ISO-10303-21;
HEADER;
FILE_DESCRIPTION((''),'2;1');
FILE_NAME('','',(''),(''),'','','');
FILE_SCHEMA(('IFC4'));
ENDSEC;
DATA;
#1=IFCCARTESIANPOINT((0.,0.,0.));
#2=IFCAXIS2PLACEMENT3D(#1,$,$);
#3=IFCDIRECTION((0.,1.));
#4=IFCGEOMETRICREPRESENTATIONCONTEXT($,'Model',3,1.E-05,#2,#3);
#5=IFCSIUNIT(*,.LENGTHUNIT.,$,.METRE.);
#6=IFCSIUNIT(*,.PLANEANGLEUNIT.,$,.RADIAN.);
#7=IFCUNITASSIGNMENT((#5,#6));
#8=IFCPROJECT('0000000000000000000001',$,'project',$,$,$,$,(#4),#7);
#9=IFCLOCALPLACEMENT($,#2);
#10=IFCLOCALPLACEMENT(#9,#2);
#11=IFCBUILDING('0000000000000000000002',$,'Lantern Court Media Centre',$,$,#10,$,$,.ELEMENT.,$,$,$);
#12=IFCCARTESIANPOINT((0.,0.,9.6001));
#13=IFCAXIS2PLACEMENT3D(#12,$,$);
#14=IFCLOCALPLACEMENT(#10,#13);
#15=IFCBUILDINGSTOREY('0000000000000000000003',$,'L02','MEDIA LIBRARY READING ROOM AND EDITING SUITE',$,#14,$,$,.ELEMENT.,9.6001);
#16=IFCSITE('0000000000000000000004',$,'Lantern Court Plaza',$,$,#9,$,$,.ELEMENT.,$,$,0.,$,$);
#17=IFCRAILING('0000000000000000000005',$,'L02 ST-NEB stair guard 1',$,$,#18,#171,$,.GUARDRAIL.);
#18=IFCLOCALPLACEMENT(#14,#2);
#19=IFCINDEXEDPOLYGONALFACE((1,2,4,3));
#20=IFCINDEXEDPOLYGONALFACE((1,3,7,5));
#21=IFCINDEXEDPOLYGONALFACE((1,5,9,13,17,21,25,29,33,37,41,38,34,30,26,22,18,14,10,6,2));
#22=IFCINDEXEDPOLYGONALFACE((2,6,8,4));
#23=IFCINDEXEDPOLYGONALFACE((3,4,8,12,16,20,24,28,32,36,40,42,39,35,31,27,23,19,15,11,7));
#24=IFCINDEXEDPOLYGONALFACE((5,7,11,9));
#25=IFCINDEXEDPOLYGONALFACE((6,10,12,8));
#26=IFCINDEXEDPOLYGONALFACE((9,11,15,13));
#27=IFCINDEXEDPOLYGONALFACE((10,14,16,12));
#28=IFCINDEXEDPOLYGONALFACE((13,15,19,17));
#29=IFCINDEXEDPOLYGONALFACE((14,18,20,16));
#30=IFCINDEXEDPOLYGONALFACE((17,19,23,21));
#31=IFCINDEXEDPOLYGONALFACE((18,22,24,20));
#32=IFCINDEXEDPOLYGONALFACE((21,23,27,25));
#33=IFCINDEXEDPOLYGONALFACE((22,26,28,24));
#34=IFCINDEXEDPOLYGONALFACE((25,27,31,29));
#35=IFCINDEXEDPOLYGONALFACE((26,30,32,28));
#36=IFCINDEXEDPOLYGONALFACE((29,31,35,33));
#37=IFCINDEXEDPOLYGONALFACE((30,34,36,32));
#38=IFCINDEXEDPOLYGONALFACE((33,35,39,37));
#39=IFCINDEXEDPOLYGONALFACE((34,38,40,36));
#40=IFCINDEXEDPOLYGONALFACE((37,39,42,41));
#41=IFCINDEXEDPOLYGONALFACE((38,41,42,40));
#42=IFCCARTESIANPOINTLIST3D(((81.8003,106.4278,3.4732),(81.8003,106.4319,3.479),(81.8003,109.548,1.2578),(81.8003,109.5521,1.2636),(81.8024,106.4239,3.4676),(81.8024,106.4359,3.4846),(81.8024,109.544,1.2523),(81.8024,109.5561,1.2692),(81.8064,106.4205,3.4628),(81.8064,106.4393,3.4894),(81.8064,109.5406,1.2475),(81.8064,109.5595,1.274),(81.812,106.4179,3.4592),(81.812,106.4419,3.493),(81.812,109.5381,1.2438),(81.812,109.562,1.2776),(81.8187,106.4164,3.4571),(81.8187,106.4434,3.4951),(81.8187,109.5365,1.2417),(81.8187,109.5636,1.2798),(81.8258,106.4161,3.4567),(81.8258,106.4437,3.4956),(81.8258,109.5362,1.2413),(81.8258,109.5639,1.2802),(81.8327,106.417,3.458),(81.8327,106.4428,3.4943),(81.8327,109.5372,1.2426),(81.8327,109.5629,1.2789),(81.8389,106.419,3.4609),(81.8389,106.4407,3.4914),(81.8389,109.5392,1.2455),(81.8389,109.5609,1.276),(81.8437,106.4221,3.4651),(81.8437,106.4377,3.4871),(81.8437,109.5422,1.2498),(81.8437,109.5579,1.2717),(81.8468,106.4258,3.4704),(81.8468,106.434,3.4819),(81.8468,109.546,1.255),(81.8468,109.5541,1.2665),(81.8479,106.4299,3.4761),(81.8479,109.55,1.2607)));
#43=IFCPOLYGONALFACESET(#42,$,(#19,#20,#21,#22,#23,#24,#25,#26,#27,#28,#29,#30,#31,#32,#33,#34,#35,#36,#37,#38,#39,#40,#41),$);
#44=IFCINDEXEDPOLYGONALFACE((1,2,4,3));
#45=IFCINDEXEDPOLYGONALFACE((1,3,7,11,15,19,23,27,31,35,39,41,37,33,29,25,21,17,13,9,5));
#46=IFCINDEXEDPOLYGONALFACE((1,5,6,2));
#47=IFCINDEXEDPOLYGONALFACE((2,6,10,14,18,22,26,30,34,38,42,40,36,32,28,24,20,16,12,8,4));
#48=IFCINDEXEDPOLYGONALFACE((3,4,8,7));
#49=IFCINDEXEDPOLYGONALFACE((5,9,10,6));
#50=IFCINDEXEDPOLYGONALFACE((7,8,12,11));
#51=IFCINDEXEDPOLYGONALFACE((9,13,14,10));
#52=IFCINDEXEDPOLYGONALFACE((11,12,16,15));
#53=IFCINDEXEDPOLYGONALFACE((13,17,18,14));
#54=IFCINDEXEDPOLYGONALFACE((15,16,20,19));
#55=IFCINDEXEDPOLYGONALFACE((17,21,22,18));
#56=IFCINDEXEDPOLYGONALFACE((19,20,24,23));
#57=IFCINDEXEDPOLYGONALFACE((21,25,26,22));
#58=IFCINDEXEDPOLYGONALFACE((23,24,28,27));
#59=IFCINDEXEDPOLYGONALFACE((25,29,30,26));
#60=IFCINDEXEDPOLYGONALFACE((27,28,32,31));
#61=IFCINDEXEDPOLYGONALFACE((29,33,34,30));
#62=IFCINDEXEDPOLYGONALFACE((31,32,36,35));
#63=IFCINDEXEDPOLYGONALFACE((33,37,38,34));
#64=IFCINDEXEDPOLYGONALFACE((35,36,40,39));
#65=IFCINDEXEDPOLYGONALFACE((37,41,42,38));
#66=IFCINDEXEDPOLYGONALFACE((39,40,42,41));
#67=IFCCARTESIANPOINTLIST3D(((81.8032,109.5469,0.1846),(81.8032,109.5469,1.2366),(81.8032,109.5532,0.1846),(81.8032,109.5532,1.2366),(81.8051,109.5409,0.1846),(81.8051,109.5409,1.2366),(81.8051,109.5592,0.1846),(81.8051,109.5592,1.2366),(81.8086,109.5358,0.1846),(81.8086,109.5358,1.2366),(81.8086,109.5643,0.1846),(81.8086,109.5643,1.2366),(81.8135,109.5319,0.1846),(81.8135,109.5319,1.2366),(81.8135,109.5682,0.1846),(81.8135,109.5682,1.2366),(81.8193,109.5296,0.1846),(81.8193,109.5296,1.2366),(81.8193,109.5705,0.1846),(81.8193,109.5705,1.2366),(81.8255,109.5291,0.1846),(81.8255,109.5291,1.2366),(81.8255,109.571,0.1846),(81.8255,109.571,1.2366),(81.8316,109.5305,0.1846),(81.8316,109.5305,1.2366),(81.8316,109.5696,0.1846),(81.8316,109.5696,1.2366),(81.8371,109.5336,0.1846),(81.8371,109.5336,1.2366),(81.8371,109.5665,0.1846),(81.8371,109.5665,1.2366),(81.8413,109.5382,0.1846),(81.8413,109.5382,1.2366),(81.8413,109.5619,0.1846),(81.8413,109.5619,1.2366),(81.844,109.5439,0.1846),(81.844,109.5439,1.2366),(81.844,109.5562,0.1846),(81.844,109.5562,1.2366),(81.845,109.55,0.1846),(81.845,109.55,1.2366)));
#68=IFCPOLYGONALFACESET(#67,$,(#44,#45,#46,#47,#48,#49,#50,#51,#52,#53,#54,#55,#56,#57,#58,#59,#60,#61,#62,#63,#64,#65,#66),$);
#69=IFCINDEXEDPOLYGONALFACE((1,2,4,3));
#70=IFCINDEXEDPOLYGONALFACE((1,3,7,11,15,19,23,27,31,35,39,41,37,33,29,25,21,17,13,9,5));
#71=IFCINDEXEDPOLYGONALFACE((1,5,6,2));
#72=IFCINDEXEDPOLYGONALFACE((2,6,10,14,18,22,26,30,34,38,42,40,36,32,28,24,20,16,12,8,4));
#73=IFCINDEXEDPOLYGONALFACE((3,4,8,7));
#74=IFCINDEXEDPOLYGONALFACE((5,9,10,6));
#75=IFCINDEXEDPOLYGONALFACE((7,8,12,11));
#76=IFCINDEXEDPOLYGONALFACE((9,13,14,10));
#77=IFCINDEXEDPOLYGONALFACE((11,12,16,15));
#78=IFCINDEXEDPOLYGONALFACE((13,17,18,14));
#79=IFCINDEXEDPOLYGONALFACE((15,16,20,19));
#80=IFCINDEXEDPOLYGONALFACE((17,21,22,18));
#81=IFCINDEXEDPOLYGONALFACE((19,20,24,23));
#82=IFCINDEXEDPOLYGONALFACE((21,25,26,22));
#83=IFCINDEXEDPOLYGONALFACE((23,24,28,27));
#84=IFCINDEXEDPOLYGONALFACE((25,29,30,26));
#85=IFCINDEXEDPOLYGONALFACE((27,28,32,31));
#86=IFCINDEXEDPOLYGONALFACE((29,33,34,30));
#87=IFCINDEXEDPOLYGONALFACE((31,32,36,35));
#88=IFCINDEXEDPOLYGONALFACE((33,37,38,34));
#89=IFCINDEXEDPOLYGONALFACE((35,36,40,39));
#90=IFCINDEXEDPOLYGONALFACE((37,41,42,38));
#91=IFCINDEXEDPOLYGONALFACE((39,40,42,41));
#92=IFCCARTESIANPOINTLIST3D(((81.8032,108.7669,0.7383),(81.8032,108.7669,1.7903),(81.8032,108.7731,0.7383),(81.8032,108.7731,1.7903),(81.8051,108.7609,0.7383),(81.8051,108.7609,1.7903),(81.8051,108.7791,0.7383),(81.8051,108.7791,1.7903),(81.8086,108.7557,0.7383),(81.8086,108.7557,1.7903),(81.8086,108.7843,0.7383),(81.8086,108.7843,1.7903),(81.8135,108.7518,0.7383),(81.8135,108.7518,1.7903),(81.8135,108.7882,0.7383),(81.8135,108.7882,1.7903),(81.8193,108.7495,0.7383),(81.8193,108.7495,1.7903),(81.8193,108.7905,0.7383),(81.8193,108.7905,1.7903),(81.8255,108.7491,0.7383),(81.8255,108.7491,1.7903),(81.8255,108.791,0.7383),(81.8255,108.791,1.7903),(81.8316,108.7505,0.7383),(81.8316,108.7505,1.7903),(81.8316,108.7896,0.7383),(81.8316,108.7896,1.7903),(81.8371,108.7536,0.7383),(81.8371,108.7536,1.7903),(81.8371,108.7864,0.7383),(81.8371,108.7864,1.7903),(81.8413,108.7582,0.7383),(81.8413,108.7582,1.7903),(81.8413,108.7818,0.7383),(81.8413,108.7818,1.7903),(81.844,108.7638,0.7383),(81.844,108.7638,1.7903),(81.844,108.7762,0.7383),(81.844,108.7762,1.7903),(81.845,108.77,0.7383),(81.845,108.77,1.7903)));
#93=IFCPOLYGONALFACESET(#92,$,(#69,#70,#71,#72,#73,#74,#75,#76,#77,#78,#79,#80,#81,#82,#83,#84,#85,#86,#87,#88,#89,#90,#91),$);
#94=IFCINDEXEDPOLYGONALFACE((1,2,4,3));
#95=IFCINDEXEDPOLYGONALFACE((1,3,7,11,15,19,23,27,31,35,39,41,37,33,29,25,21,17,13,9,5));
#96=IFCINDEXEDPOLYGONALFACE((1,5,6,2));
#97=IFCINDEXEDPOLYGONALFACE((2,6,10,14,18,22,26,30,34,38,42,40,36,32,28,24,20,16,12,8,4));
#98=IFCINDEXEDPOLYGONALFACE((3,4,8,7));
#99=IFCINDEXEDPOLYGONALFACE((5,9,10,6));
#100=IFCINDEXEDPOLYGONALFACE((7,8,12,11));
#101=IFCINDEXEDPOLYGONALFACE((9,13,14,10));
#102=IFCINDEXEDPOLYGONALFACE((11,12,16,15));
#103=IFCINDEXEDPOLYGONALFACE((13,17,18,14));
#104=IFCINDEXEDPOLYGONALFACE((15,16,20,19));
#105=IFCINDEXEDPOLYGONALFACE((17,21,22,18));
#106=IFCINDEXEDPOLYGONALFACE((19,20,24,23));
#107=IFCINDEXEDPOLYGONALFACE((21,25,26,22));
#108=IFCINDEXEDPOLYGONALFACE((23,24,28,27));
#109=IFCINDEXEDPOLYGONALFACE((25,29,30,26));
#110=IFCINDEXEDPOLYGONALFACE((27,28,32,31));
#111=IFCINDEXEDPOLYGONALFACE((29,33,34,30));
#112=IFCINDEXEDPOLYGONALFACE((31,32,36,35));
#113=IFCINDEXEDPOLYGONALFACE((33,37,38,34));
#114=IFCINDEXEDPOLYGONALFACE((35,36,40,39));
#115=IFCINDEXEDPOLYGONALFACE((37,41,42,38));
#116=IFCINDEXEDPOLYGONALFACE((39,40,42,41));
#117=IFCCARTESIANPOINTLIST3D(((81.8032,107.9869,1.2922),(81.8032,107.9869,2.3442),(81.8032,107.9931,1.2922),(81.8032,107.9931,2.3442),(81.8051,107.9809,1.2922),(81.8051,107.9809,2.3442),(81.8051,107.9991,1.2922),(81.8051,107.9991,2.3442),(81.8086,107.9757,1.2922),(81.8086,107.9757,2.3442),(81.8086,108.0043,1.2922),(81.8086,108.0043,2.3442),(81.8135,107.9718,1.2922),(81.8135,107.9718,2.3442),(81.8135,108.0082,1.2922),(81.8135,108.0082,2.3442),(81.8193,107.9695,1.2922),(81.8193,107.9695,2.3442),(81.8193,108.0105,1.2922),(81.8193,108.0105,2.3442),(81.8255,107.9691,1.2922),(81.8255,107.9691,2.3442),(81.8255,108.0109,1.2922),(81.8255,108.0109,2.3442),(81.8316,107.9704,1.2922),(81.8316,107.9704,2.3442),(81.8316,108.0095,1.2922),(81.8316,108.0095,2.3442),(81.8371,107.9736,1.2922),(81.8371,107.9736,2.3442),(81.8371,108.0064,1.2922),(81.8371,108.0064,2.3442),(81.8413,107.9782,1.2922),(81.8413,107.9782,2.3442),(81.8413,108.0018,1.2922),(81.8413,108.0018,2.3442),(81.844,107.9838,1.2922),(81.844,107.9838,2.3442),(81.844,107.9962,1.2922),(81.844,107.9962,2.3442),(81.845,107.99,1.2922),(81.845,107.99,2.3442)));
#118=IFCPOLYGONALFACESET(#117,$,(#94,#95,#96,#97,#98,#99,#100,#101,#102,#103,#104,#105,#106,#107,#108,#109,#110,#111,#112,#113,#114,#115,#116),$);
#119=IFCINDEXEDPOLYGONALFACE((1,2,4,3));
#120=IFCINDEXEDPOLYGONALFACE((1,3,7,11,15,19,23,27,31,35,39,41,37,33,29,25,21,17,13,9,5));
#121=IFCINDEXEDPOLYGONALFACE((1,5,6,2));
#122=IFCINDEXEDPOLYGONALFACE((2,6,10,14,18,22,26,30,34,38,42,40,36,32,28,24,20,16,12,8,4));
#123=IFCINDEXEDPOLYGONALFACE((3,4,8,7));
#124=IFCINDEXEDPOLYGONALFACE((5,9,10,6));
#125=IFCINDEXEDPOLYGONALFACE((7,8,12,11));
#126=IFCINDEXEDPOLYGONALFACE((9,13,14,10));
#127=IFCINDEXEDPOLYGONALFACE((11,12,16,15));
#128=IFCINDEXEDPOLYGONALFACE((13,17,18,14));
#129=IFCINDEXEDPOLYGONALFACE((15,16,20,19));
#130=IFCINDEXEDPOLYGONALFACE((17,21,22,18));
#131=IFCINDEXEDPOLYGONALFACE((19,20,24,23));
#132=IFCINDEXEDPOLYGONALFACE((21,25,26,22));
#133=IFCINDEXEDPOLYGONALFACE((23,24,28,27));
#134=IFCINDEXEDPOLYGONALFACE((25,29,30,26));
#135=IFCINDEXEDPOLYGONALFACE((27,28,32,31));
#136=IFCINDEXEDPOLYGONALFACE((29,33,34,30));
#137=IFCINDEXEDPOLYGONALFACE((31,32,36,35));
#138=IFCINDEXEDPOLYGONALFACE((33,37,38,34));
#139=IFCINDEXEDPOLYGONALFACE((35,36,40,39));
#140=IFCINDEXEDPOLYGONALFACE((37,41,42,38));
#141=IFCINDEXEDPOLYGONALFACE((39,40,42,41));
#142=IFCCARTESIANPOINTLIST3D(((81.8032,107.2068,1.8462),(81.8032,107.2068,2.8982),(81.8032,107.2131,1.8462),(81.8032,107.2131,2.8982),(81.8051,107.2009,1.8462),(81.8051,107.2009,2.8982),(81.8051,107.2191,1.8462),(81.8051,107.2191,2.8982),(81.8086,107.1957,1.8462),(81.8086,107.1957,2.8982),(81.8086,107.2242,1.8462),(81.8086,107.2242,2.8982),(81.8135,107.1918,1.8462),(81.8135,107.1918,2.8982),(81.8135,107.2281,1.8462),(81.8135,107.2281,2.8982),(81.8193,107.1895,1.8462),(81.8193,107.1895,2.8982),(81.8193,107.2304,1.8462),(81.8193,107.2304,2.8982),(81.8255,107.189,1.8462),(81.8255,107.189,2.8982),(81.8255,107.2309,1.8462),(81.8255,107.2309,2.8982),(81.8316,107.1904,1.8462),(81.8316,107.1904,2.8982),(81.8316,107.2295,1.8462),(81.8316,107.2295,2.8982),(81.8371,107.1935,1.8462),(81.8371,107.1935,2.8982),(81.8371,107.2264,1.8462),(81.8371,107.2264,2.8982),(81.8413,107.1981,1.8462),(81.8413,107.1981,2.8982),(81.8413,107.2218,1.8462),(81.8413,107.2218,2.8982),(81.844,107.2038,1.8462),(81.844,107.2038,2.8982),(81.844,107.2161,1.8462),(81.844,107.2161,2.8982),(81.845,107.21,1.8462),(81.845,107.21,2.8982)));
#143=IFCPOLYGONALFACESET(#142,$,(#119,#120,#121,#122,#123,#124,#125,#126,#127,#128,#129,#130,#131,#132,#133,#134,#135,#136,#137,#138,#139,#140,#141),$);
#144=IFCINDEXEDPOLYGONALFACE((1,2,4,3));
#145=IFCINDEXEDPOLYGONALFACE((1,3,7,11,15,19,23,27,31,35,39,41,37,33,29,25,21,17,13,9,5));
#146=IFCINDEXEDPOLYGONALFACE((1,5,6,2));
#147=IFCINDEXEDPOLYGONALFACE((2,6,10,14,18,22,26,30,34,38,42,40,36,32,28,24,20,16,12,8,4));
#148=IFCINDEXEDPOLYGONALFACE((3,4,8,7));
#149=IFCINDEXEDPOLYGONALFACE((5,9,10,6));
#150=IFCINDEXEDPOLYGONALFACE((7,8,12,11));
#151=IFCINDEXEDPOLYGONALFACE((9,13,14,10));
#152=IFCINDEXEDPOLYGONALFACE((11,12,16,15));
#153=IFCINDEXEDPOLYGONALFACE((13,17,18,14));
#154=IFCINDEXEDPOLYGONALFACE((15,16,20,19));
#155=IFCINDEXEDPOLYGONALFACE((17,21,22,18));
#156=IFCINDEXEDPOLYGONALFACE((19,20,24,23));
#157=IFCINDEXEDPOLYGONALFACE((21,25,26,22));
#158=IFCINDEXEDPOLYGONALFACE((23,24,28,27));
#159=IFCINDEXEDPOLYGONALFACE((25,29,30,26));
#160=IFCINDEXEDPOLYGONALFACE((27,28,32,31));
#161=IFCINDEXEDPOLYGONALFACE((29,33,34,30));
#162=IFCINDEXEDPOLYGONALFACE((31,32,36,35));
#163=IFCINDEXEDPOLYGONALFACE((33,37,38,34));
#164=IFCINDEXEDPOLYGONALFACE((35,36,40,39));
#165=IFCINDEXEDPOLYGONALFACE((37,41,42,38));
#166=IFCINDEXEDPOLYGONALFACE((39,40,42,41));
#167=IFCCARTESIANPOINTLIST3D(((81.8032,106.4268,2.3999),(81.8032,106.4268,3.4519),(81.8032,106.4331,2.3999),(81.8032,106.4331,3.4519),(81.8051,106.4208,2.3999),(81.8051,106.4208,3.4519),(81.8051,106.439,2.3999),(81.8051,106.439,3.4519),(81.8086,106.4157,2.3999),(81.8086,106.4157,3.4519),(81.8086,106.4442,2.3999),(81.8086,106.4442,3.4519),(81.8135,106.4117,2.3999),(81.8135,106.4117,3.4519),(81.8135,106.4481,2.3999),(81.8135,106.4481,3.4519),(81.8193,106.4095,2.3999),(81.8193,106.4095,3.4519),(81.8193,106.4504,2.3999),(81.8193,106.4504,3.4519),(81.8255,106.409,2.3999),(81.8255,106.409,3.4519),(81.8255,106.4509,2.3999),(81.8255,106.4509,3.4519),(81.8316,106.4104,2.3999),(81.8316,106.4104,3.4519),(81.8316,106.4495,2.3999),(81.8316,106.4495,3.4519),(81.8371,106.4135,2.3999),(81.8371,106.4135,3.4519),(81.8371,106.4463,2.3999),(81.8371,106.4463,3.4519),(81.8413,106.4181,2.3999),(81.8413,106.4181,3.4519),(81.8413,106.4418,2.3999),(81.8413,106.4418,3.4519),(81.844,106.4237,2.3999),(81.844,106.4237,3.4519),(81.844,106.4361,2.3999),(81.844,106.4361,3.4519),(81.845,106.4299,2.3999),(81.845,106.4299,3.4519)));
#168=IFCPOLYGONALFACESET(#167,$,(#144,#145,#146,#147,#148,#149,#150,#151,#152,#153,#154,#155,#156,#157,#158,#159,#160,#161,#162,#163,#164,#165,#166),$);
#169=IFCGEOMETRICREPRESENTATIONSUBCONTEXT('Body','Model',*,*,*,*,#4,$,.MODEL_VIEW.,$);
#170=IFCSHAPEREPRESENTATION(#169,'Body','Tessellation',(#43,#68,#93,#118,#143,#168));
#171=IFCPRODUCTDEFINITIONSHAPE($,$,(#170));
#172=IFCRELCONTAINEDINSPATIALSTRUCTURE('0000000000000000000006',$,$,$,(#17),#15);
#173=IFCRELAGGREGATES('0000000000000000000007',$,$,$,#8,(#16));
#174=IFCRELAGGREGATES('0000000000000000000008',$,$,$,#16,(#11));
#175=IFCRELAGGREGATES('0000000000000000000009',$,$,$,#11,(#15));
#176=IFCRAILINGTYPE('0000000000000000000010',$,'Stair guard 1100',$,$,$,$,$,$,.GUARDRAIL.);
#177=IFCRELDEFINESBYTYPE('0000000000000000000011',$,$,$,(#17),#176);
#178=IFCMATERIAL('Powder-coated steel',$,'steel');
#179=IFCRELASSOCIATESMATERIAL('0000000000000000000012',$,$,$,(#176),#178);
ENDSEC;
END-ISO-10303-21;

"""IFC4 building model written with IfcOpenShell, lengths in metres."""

from ifc_helpers import new_model, si_unit, direction, frame, origin, origin_2d, place, context, subcontext, project, spatial, circle, extrude, material, type_object, element, save


model = new_model("IFC4")

# Units and contexts
model_context = context("Model", 3, precision=1e-05, world=origin(), true_north=direction((0.0, 1.0)))
body_context = subcontext(model_context, "Body", "Model", "MODEL_VIEW")
ifc_project = project(units=[si_unit("LENGTHUNIT", "METRE"), si_unit("PLANEANGLEUNIT", "RADIAN")], contexts=[model_context])

# Site, building, storey
site_placement = place(None, origin())
site = spatial("IfcSite", under=ifc_project, at=site_placement, Name="Lantern Court Plaza", CompositionType="ELEMENT", RefElevation=0.0)
building_placement = place(site_placement, origin())
building = spatial("IfcBuilding", under=site, at=building_placement, Name="Lantern Court Media Centre", CompositionType="ELEMENT")
storey_placement = place(building_placement, frame((0.0, 0.0, 9.6001)))
storey = spatial("IfcBuildingStorey", under=building, at=storey_placement, Name="L02", Description="MEDIA LIBRARY READING ROOM AND EDITING SUITE", CompositionType="ELEMENT", Elevation=9.6001)

# Shared definitions
ifc_material_1 = material(Name="Powder-coated steel", Category="steel")

# Railing
railing_type_1 = type_object("IfcRailingType", Name="Stair guard 1100", PredefinedType="GUARDRAIL", material=ifc_material_1)
railing_1_placement = place(storey_placement, frame((81.824, 109.55, 0.1846)))
element("IfcRailing", 1, at=railing_1_placement, inside=storey, type_object=railing_type_1, Name="L02 ST-NEB stair guard 1", PredefinedType="GUARDRAIL", context=body_context, shape_type="SweptSolid", body=[
    extrude(circle(Radius=0.0239, at=origin_2d()), frame((0.0, 0.0, 1.0762), z_axis=(0.0, -0.815377, 0.57893), x_axis=(1.0, 0.0, 0.0)), (0.0, 0.0, 1.0), 3.8267),
    extrude(circle(Radius=0.021, at=origin_2d()), origin(), (0.0, 0.0, 1.0), 1.052),
    extrude(circle(Radius=0.021, at=origin_2d()), frame((0.0, -0.78, 0.5537)), (0.0, 0.0, 1.0), 1.052),
    extrude(circle(Radius=0.021, at=origin_2d()), frame((0.0, -1.5601, 1.1077)), (0.0, 0.0, 1.0), 1.052),
    extrude(circle(Radius=0.021, at=origin_2d()), frame((0.0, -2.3401, 1.6616)), (0.0, 0.0, 1.0), 1.052),
    extrude(circle(Radius=0.021, at=origin_2d()), frame((0.0, -3.1201, 2.2153)), (0.0, 0.0, 1.0), 1.052),
])

save(model, "model.ifc")
